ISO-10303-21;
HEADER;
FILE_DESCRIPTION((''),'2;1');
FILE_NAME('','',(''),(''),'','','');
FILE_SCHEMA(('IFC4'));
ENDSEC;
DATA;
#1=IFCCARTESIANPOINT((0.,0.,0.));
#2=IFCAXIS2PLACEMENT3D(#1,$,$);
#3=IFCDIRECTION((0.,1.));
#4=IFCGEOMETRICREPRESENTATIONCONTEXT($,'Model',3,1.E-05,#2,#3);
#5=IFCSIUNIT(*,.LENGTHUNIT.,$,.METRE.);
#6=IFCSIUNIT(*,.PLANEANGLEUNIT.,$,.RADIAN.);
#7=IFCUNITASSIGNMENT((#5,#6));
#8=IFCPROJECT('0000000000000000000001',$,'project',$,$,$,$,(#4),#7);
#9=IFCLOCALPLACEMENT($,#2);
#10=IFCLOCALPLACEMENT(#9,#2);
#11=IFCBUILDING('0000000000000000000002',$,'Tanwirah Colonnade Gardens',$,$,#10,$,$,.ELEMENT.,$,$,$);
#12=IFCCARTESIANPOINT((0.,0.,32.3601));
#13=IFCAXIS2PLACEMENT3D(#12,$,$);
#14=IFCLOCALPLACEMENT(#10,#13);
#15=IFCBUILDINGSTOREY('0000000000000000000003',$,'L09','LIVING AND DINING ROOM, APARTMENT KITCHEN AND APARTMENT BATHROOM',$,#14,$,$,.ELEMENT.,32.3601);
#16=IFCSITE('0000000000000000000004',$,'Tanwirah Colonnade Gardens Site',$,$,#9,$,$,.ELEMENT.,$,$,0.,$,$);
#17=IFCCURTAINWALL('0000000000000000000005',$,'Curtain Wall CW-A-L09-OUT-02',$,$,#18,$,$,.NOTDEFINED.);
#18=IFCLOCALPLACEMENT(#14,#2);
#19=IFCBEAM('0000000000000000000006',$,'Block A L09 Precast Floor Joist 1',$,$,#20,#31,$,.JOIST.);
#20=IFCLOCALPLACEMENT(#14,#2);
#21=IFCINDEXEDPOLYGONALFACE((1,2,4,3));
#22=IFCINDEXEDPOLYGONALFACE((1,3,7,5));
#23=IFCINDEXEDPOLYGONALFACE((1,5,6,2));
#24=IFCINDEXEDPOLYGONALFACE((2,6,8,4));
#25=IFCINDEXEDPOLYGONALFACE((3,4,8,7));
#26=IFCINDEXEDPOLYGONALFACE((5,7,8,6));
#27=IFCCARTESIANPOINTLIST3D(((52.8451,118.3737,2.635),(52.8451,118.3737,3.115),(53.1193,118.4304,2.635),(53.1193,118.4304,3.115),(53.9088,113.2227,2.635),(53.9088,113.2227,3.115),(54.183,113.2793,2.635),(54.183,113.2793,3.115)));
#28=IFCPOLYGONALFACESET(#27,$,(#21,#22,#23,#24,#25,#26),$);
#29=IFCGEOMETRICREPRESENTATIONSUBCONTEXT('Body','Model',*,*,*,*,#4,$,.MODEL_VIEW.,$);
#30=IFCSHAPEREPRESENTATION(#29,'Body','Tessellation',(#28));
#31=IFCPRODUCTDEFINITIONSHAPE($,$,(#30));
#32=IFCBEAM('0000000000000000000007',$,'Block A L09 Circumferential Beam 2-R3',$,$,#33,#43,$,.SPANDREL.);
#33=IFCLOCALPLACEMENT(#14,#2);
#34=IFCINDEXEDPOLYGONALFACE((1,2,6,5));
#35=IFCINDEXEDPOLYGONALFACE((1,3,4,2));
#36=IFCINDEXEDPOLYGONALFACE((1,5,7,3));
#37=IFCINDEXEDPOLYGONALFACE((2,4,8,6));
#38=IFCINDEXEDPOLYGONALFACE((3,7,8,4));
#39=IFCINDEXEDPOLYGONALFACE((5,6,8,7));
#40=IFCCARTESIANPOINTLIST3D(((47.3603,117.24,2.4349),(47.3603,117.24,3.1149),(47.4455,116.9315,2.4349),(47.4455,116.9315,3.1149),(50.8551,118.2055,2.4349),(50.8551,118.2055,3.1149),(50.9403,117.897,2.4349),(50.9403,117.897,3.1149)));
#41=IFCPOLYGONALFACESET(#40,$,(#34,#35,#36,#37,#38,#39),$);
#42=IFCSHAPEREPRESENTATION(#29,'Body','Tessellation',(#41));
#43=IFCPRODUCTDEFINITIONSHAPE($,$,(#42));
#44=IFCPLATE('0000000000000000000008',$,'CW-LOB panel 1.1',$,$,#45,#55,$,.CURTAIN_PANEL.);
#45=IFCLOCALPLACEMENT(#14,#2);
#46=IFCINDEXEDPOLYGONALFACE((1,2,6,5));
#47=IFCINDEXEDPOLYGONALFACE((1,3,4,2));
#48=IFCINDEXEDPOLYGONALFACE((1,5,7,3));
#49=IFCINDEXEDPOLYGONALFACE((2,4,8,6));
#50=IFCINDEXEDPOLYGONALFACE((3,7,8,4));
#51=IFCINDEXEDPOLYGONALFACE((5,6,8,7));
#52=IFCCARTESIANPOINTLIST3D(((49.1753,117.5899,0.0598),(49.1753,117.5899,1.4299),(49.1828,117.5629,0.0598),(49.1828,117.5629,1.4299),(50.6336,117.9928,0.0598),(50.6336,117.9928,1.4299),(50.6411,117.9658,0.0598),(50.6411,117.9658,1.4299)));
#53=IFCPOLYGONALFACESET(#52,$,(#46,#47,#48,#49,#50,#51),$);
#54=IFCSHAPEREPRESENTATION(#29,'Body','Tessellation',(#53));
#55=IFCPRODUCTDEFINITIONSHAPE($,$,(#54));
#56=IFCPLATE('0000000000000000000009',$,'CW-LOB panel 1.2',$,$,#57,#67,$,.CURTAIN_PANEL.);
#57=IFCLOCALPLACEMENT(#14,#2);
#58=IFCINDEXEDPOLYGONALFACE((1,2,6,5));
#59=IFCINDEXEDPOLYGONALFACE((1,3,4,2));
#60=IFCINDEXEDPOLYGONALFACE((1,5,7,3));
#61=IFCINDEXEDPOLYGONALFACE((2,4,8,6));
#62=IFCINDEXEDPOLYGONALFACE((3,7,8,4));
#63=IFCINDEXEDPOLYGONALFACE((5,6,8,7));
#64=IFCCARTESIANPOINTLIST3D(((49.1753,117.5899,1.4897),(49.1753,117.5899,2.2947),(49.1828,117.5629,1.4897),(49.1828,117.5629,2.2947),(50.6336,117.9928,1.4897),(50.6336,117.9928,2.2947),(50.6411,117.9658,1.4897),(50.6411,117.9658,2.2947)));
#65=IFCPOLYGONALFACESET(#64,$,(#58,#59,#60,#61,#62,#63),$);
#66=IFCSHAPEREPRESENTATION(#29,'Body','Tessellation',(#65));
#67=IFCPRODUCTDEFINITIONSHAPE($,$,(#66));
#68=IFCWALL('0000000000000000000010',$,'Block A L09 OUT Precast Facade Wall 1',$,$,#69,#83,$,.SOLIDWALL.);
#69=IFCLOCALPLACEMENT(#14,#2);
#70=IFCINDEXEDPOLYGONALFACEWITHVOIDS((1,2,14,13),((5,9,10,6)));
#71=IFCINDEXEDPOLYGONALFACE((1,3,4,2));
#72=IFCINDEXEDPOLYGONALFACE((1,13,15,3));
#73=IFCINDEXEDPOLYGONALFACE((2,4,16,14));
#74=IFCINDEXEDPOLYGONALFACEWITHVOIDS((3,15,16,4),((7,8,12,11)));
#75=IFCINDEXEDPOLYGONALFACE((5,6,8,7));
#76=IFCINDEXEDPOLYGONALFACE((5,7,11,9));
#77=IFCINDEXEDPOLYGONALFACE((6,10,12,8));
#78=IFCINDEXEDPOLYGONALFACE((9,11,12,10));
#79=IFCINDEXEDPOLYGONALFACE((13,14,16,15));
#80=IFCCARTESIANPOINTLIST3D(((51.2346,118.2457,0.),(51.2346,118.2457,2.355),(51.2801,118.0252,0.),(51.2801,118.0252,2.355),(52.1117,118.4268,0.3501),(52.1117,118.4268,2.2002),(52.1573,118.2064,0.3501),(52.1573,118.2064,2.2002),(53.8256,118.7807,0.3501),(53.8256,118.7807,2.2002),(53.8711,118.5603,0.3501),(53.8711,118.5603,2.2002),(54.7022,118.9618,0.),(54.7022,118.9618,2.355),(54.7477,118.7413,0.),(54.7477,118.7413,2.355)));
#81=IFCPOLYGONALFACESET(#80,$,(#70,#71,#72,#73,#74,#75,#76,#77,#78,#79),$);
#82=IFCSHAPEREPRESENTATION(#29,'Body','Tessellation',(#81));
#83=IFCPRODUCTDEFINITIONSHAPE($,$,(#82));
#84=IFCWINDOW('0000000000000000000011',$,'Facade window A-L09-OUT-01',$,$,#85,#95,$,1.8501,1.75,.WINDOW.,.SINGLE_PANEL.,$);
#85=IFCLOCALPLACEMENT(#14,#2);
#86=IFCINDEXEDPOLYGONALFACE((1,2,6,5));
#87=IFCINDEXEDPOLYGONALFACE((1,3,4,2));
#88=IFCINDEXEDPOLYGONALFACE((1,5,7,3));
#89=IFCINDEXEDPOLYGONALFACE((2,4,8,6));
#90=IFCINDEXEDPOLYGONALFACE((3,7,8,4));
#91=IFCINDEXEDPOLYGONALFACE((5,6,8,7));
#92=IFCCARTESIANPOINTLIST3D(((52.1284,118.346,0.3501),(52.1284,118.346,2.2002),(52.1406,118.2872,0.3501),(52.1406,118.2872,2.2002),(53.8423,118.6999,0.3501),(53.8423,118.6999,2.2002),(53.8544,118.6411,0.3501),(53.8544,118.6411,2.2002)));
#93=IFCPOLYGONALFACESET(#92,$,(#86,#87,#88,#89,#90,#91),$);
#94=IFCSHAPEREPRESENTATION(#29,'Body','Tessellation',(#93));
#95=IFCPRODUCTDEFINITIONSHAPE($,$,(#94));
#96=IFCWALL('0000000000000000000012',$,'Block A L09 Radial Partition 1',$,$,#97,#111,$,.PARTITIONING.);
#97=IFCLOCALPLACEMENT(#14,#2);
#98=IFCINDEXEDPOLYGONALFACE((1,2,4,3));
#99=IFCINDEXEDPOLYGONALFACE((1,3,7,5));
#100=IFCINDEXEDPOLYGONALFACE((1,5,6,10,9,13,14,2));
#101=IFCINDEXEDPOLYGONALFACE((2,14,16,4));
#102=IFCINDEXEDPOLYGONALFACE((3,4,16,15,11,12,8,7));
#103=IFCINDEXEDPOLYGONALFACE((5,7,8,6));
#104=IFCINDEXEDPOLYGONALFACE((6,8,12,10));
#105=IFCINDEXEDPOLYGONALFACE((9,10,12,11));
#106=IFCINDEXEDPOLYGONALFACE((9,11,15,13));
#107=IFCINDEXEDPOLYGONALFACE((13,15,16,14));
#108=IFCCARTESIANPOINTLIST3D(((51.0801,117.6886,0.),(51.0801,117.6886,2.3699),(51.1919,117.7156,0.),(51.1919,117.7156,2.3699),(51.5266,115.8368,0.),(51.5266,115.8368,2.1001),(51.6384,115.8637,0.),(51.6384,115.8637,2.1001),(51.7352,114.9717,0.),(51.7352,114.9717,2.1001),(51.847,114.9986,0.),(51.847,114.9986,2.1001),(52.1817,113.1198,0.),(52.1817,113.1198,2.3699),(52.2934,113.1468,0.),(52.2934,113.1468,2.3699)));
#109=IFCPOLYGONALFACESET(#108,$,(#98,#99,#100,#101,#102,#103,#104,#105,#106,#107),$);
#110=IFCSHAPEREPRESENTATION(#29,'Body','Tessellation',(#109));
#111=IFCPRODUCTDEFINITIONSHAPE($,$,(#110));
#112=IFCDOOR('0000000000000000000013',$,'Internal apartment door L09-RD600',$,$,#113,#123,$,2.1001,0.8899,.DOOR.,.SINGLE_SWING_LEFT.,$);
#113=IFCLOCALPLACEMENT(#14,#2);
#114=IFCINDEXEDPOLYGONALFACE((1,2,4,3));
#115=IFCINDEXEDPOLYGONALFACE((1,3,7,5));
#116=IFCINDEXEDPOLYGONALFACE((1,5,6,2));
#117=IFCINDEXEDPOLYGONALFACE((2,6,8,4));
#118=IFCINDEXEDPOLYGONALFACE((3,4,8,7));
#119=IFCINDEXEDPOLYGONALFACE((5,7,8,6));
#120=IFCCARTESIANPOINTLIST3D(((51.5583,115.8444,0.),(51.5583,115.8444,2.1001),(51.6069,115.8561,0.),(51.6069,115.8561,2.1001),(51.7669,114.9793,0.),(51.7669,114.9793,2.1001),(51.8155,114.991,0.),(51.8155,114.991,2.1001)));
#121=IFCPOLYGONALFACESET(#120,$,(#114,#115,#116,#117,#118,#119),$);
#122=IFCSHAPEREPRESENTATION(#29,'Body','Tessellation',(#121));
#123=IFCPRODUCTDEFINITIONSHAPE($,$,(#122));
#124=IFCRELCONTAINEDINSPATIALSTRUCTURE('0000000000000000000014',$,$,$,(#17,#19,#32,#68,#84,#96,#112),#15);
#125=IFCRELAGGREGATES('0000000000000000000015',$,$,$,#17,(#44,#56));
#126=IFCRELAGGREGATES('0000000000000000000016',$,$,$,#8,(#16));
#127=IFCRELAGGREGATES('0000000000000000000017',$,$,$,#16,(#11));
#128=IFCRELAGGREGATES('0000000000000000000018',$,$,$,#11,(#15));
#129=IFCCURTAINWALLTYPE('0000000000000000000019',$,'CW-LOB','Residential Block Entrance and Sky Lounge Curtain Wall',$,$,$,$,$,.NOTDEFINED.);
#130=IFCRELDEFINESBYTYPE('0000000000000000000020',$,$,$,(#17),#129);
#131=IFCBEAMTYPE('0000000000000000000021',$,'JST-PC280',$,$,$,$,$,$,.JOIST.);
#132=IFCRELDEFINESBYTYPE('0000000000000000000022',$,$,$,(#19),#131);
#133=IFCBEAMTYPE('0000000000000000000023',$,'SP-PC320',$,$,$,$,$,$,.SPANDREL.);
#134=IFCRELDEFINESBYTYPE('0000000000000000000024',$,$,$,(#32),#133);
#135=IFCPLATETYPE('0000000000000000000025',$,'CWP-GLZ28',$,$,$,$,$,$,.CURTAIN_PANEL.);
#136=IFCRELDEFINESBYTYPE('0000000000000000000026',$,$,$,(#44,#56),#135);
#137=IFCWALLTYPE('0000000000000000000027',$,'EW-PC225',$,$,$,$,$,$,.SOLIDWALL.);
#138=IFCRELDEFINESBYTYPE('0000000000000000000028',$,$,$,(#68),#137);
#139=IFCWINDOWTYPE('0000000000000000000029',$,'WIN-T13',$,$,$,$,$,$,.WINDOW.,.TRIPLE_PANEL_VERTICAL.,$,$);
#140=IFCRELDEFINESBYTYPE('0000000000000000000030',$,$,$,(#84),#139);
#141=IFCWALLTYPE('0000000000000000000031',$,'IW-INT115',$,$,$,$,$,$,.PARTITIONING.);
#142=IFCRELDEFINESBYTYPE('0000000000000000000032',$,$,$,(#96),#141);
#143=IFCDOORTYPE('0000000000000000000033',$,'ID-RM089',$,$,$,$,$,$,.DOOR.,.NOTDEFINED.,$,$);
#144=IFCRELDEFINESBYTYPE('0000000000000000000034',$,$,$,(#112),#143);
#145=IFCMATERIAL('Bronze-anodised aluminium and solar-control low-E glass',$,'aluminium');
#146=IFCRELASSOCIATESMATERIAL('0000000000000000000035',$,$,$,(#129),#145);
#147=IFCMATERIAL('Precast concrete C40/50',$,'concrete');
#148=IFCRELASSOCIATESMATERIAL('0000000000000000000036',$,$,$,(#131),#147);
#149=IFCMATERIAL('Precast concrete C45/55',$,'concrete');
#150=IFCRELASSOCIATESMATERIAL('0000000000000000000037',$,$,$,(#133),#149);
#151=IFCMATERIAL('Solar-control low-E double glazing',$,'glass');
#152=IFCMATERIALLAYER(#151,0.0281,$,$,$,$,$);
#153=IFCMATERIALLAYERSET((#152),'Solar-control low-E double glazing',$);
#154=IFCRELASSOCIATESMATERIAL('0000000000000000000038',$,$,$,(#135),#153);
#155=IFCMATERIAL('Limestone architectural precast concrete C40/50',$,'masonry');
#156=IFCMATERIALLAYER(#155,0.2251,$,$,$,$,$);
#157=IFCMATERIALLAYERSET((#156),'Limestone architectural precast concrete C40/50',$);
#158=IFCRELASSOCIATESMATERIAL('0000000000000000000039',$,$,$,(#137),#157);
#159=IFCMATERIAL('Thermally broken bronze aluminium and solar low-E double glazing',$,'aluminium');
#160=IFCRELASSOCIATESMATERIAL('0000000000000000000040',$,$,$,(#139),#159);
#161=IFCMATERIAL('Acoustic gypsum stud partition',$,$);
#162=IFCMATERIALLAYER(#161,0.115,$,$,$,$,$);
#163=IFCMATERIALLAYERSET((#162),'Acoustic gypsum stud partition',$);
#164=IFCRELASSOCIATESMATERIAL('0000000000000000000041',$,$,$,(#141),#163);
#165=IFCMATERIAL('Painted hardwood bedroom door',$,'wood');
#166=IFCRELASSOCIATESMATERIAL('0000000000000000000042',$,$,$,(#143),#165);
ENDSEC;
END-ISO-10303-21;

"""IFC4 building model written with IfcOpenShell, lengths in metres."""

from ifc_helpers import new_model, si_unit, direction, frame, frame_2d, origin, origin_2d, place, context, subcontext, project, spatial, rectangle, extrude, material, layer, layer_set, material_profile, profile_set, type_object, element, fill, aggregate, save


model = new_model("IFC4")

# Units and contexts
model_context = context("Model", 3, precision=1e-05, world=origin(), true_north=direction((0.0, 1.0)))
body_context = subcontext(model_context, "Body", "Model", "MODEL_VIEW")
ifc_project = project(units=[si_unit("LENGTHUNIT", "METRE"), si_unit("PLANEANGLEUNIT", "RADIAN")], contexts=[model_context])

# Site, building, storey
site_placement = place(None, origin())
site = spatial("IfcSite", under=ifc_project, at=site_placement, Name="Tanwirah Colonnade Gardens Site", CompositionType="ELEMENT", RefElevation=0.0)
building_placement = place(site_placement, origin())
building = spatial("IfcBuilding", under=site, at=building_placement, Name="Tanwirah Colonnade Gardens", CompositionType="ELEMENT")
storey_placement = place(building_placement, frame((0.0, 0.0, 32.3601)))
storey = spatial("IfcBuildingStorey", under=building, at=storey_placement, Name="L09", Description="LIVING AND DINING ROOM, APARTMENT KITCHEN AND APARTMENT BATHROOM", CompositionType="ELEMENT", Elevation=32.3601)

# Shared definitions
ifc_material_1 = material(Name="Precast concrete C40/50", Category="concrete")

# Shared definitions
ifc_material_2 = material(Name="Precast concrete C45/55", Category="concrete")

# Curtain wall
ifc_material_3 = material(Name="Bronze-anodised aluminium and solar-control low-E glass", Category="aluminium")
curtain_wall_type = type_object("IfcCurtainWallType", Name="CW-LOB", Description="Residential Block Entrance and Sky Lounge Curtain Wall", PredefinedType="NOTDEFINED", material=ifc_material_3)
curtain_wall_placement = place(storey_placement, origin())
curtain_wall = element("IfcCurtainWall", 1, at=curtain_wall_placement, inside=storey, type_object=curtain_wall_type, Name="Curtain Wall CW-A-L09-OUT-02", PredefinedType="NOTDEFINED")

# Beams
ifc_material_profile_1 = material_profile(ifc_material_1, rectangle(XDim=0.28, YDim=0.48, at=origin_2d()), Name="PC-JST 280x480")
ifc_profile_set_1 = profile_set([ifc_material_profile_1], Name="Precast concrete C40/50")
beam_type_1 = type_object("IfcBeamType", Name="JST-PC280", PredefinedType="JOIST", material=ifc_profile_set_1)
beam_1_placement = place(storey_placement, frame((54.0459, 113.251, 2.875), z_axis=(-0.202236, 0.979337, 0.0), x_axis=(-0.979337, -0.202236, 0.0)))
element("IfcBeam", 2, at=beam_1_placement, inside=storey, type_object=beam_type_1, Name="Block A L09 Precast Floor Joist 1", PredefinedType="JOIST", context=body_context, shape_type="SweptSolid", body=[
    extrude(rectangle(XDim=0.28, YDim=0.48, at=origin_2d()), origin(), (0.0, 0.0, 1.0), 5.2598),
])
ifc_material_profile_2 = material_profile(ifc_material_2, rectangle(XDim=0.3201, YDim=0.6799, at=origin_2d()), Name="PC-SP 320x680")
ifc_profile_set_2 = profile_set([ifc_material_profile_2], Name="Precast concrete C45/55")
beam_type_2 = type_object("IfcBeamType", Name="SP-PC320", PredefinedType="SPANDREL", material=ifc_profile_set_2)
beam_2_placement = place(storey_placement, frame((50.8977, 118.0513, 2.7749), z_axis=(-0.963888, -0.266307, 0.0), x_axis=(0.266307, -0.963888, 0.0)))
element("IfcBeam", 3, at=beam_2_placement, inside=storey, type_object=beam_type_2, Name="Block A L09 Circumferential Beam 2-R3", PredefinedType="SPANDREL", context=body_context, shape_type="SweptSolid", body=[
    extrude(rectangle(XDim=0.3201, YDim=0.6799, at=origin_2d()), origin(), (0.0, 0.0, 1.0), 3.6257),
])

# Plates
ifc_material_4 = material(Name="Solar-control low-E double glazing", Category="glass")
ifc_layer_1 = layer(ifc_material_4, 0.0281)
ifc_layer_set_1 = layer_set([ifc_layer_1], Name="Solar-control low-E double glazing")
plate_type = type_object("IfcPlateType", Name="CWP-GLZ28", PredefinedType="CURTAIN_PANEL", material=ifc_layer_set_1)
plate_1_placement = place(storey_placement, frame((49.9082, 117.7778, 0.0598), z_axis=(0.0, 0.0, 1.0), x_axis=(-0.963889, -0.266304, 0.0)))
plate_1 = element("IfcPlate", 4, at=plate_1_placement, type_object=plate_type, Name="CW-LOB panel 1.1", PredefinedType="CURTAIN_PANEL", context=body_context, shape_type="SweptSolid", body=[
    extrude(rectangle(XDim=1.5129, YDim=0.0281, at=origin_2d()), origin(), (0.0, 0.0, 1.0), 1.3701),
])
plate_2_placement = place(storey_placement, frame((49.9082, 117.7778, 1.4897), z_axis=(0.0, 0.0, 1.0), x_axis=(-0.963889, -0.266304, 0.0)))
plate_2 = element("IfcPlate", 5, at=plate_2_placement, type_object=plate_type, Name="CW-LOB panel 1.2", PredefinedType="CURTAIN_PANEL", context=body_context, shape_type="SweptSolid", body=[
    extrude(rectangle(XDim=1.5129, YDim=0.0281, at=origin_2d()), origin(), (0.0, 0.0, 1.0), 0.8049),
])
aggregate(curtain_wall, [plate_1, plate_2])

# Wall, opening, window
ifc_material_5 = material(Name="Limestone architectural precast concrete C40/50", Category="masonry")
ifc_layer_2 = layer(ifc_material_5, 0.2251)
ifc_layer_set_2 = layer_set([ifc_layer_2], Name="Limestone architectural precast concrete C40/50")
wall_type_1 = type_object("IfcWallType", Name="EW-PC225", PredefinedType="SOLIDWALL", material=ifc_layer_set_2)
wall_1_placement = place(storey_placement, frame((54.7251, 118.8516, 0.0), z_axis=(0.0, 0.0, 1.0), x_axis=(-0.979336, -0.202238, 0.0)))
wall_1 = element("IfcWall", 6, at=wall_1_placement, inside=storey, type_object=wall_type_1, Name="Block A L09 OUT Precast Facade Wall 1", PredefinedType="SOLIDWALL", context=body_context, shape_type="SweptSolid", body=[
    extrude(rectangle(XDim=3.5408, YDim=0.2251, at=frame_2d((1.7705, 0.0))), origin(), (0.0, 0.0, 1.0), 2.355),
])
opening_1_placement = place(wall_1_placement, frame((0.8953, 0.0, 0.3501)))
opening_1 = element("IfcOpeningElement", 7, at=opening_1_placement, cuts=wall_1, PredefinedType="OPENING", context=body_context, shape_type="SweptSolid", body=[
    extrude(rectangle(XDim=1.75, YDim=1.8501, at=frame_2d((0.875, 0.925))), frame((0.0, 0.1226, 0.0), z_axis=(0.0, -1.0, 0.0), x_axis=(1.0, 0.0, 0.0)), (0.0, 0.0, 1.0), 0.2451),
])
ifc_material_6 = material(Name="Thermally broken bronze aluminium and solar low-E double glazing", Category="aluminium")
window_type = type_object("IfcWindowType", Name="WIN-T13", PartitioningType="TRIPLE_PANEL_VERTICAL", PredefinedType="WINDOW", material=ifc_material_6)
window_placement = place(opening_1_placement, origin())
window = element("IfcWindow", 8, at=window_placement, inside=storey, type_object=window_type, Name="Facade window A-L09-OUT-01", OverallHeight=1.8501, OverallWidth=1.75, PartitioningType="SINGLE_PANEL", PredefinedType="WINDOW", context=body_context, shape_type="SweptSolid", body=[
    extrude(rectangle(XDim=1.75, YDim=1.8501, at=frame_2d((0.875, 0.925))), frame((0.0, 0.03, 0.0), z_axis=(0.0, -1.0, 0.0), x_axis=(1.0, 0.0, 0.0)), (0.0, 0.0, 1.0), 0.0601),
])
fill(opening_1, window)

# Wall, opening, door
ifc_material_7 = material(Name="Acoustic gypsum stud partition")
ifc_layer_3 = layer(ifc_material_7, 0.115)
ifc_layer_set_3 = layer_set([ifc_layer_3], Name="Acoustic gypsum stud partition")
wall_type_2 = type_object("IfcWallType", Name="IW-INT115", PredefinedType="PARTITIONING", material=ifc_layer_set_3)
wall_2_placement = place(storey_placement, frame((52.2375, 113.1333, 0.0), z_axis=(0.0, 0.0, 1.0), x_axis=(-0.234387, 0.972143, 0.0)))
wall_2 = element("IfcWall", 9, at=wall_2_placement, inside=storey, type_object=wall_type_2, Name="Block A L09 Radial Partition 1", PredefinedType="PARTITIONING", context=body_context, shape_type="SweptSolid", body=[
    extrude(rectangle(XDim=4.6997, YDim=0.115, at=frame_2d((2.3499, 0.0))), origin(), (0.0, 0.0, 1.0), 2.3699),
])
opening_2_placement = place(wall_2_placement, frame((1.905, 0.0, 0.0)))
opening_2 = element("IfcOpeningElement", 10, at=opening_2_placement, cuts=wall_2, PredefinedType="OPENING", context=body_context, shape_type="SweptSolid", body=[
    extrude(rectangle(XDim=0.8899, YDim=2.1001, at=frame_2d((0.4448, 1.05))), frame((0.0, 0.0674, 0.0), z_axis=(0.0, -1.0, 0.0), x_axis=(1.0, 0.0, 0.0)), (0.0, 0.0, 1.0), 0.135),
])
ifc_material_8 = material(Name="Painted hardwood bedroom door", Category="wood")
door_type = type_object("IfcDoorType", Name="ID-RM089", OperationType="NOTDEFINED", PredefinedType="DOOR", material=ifc_material_8)
door_placement = place(opening_2_placement, origin())
door = element("IfcDoor", 11, at=door_placement, inside=storey, type_object=door_type, Name="Internal apartment door L09-RD600", OperationType="SINGLE_SWING_LEFT", OverallHeight=2.1001, OverallWidth=0.8899, PredefinedType="DOOR", context=body_context, shape_type="SweptSolid", body=[
    extrude(rectangle(XDim=0.8899, YDim=2.1001, at=frame_2d((0.4448, 1.05))), frame((0.0, 0.0249, 0.0), z_axis=(0.0, -1.0, 0.0), x_axis=(1.0, 0.0, 0.0)), (0.0, 0.0, 1.0), 0.05),
])
fill(opening_2, door)

save(model, "model.ifc")
